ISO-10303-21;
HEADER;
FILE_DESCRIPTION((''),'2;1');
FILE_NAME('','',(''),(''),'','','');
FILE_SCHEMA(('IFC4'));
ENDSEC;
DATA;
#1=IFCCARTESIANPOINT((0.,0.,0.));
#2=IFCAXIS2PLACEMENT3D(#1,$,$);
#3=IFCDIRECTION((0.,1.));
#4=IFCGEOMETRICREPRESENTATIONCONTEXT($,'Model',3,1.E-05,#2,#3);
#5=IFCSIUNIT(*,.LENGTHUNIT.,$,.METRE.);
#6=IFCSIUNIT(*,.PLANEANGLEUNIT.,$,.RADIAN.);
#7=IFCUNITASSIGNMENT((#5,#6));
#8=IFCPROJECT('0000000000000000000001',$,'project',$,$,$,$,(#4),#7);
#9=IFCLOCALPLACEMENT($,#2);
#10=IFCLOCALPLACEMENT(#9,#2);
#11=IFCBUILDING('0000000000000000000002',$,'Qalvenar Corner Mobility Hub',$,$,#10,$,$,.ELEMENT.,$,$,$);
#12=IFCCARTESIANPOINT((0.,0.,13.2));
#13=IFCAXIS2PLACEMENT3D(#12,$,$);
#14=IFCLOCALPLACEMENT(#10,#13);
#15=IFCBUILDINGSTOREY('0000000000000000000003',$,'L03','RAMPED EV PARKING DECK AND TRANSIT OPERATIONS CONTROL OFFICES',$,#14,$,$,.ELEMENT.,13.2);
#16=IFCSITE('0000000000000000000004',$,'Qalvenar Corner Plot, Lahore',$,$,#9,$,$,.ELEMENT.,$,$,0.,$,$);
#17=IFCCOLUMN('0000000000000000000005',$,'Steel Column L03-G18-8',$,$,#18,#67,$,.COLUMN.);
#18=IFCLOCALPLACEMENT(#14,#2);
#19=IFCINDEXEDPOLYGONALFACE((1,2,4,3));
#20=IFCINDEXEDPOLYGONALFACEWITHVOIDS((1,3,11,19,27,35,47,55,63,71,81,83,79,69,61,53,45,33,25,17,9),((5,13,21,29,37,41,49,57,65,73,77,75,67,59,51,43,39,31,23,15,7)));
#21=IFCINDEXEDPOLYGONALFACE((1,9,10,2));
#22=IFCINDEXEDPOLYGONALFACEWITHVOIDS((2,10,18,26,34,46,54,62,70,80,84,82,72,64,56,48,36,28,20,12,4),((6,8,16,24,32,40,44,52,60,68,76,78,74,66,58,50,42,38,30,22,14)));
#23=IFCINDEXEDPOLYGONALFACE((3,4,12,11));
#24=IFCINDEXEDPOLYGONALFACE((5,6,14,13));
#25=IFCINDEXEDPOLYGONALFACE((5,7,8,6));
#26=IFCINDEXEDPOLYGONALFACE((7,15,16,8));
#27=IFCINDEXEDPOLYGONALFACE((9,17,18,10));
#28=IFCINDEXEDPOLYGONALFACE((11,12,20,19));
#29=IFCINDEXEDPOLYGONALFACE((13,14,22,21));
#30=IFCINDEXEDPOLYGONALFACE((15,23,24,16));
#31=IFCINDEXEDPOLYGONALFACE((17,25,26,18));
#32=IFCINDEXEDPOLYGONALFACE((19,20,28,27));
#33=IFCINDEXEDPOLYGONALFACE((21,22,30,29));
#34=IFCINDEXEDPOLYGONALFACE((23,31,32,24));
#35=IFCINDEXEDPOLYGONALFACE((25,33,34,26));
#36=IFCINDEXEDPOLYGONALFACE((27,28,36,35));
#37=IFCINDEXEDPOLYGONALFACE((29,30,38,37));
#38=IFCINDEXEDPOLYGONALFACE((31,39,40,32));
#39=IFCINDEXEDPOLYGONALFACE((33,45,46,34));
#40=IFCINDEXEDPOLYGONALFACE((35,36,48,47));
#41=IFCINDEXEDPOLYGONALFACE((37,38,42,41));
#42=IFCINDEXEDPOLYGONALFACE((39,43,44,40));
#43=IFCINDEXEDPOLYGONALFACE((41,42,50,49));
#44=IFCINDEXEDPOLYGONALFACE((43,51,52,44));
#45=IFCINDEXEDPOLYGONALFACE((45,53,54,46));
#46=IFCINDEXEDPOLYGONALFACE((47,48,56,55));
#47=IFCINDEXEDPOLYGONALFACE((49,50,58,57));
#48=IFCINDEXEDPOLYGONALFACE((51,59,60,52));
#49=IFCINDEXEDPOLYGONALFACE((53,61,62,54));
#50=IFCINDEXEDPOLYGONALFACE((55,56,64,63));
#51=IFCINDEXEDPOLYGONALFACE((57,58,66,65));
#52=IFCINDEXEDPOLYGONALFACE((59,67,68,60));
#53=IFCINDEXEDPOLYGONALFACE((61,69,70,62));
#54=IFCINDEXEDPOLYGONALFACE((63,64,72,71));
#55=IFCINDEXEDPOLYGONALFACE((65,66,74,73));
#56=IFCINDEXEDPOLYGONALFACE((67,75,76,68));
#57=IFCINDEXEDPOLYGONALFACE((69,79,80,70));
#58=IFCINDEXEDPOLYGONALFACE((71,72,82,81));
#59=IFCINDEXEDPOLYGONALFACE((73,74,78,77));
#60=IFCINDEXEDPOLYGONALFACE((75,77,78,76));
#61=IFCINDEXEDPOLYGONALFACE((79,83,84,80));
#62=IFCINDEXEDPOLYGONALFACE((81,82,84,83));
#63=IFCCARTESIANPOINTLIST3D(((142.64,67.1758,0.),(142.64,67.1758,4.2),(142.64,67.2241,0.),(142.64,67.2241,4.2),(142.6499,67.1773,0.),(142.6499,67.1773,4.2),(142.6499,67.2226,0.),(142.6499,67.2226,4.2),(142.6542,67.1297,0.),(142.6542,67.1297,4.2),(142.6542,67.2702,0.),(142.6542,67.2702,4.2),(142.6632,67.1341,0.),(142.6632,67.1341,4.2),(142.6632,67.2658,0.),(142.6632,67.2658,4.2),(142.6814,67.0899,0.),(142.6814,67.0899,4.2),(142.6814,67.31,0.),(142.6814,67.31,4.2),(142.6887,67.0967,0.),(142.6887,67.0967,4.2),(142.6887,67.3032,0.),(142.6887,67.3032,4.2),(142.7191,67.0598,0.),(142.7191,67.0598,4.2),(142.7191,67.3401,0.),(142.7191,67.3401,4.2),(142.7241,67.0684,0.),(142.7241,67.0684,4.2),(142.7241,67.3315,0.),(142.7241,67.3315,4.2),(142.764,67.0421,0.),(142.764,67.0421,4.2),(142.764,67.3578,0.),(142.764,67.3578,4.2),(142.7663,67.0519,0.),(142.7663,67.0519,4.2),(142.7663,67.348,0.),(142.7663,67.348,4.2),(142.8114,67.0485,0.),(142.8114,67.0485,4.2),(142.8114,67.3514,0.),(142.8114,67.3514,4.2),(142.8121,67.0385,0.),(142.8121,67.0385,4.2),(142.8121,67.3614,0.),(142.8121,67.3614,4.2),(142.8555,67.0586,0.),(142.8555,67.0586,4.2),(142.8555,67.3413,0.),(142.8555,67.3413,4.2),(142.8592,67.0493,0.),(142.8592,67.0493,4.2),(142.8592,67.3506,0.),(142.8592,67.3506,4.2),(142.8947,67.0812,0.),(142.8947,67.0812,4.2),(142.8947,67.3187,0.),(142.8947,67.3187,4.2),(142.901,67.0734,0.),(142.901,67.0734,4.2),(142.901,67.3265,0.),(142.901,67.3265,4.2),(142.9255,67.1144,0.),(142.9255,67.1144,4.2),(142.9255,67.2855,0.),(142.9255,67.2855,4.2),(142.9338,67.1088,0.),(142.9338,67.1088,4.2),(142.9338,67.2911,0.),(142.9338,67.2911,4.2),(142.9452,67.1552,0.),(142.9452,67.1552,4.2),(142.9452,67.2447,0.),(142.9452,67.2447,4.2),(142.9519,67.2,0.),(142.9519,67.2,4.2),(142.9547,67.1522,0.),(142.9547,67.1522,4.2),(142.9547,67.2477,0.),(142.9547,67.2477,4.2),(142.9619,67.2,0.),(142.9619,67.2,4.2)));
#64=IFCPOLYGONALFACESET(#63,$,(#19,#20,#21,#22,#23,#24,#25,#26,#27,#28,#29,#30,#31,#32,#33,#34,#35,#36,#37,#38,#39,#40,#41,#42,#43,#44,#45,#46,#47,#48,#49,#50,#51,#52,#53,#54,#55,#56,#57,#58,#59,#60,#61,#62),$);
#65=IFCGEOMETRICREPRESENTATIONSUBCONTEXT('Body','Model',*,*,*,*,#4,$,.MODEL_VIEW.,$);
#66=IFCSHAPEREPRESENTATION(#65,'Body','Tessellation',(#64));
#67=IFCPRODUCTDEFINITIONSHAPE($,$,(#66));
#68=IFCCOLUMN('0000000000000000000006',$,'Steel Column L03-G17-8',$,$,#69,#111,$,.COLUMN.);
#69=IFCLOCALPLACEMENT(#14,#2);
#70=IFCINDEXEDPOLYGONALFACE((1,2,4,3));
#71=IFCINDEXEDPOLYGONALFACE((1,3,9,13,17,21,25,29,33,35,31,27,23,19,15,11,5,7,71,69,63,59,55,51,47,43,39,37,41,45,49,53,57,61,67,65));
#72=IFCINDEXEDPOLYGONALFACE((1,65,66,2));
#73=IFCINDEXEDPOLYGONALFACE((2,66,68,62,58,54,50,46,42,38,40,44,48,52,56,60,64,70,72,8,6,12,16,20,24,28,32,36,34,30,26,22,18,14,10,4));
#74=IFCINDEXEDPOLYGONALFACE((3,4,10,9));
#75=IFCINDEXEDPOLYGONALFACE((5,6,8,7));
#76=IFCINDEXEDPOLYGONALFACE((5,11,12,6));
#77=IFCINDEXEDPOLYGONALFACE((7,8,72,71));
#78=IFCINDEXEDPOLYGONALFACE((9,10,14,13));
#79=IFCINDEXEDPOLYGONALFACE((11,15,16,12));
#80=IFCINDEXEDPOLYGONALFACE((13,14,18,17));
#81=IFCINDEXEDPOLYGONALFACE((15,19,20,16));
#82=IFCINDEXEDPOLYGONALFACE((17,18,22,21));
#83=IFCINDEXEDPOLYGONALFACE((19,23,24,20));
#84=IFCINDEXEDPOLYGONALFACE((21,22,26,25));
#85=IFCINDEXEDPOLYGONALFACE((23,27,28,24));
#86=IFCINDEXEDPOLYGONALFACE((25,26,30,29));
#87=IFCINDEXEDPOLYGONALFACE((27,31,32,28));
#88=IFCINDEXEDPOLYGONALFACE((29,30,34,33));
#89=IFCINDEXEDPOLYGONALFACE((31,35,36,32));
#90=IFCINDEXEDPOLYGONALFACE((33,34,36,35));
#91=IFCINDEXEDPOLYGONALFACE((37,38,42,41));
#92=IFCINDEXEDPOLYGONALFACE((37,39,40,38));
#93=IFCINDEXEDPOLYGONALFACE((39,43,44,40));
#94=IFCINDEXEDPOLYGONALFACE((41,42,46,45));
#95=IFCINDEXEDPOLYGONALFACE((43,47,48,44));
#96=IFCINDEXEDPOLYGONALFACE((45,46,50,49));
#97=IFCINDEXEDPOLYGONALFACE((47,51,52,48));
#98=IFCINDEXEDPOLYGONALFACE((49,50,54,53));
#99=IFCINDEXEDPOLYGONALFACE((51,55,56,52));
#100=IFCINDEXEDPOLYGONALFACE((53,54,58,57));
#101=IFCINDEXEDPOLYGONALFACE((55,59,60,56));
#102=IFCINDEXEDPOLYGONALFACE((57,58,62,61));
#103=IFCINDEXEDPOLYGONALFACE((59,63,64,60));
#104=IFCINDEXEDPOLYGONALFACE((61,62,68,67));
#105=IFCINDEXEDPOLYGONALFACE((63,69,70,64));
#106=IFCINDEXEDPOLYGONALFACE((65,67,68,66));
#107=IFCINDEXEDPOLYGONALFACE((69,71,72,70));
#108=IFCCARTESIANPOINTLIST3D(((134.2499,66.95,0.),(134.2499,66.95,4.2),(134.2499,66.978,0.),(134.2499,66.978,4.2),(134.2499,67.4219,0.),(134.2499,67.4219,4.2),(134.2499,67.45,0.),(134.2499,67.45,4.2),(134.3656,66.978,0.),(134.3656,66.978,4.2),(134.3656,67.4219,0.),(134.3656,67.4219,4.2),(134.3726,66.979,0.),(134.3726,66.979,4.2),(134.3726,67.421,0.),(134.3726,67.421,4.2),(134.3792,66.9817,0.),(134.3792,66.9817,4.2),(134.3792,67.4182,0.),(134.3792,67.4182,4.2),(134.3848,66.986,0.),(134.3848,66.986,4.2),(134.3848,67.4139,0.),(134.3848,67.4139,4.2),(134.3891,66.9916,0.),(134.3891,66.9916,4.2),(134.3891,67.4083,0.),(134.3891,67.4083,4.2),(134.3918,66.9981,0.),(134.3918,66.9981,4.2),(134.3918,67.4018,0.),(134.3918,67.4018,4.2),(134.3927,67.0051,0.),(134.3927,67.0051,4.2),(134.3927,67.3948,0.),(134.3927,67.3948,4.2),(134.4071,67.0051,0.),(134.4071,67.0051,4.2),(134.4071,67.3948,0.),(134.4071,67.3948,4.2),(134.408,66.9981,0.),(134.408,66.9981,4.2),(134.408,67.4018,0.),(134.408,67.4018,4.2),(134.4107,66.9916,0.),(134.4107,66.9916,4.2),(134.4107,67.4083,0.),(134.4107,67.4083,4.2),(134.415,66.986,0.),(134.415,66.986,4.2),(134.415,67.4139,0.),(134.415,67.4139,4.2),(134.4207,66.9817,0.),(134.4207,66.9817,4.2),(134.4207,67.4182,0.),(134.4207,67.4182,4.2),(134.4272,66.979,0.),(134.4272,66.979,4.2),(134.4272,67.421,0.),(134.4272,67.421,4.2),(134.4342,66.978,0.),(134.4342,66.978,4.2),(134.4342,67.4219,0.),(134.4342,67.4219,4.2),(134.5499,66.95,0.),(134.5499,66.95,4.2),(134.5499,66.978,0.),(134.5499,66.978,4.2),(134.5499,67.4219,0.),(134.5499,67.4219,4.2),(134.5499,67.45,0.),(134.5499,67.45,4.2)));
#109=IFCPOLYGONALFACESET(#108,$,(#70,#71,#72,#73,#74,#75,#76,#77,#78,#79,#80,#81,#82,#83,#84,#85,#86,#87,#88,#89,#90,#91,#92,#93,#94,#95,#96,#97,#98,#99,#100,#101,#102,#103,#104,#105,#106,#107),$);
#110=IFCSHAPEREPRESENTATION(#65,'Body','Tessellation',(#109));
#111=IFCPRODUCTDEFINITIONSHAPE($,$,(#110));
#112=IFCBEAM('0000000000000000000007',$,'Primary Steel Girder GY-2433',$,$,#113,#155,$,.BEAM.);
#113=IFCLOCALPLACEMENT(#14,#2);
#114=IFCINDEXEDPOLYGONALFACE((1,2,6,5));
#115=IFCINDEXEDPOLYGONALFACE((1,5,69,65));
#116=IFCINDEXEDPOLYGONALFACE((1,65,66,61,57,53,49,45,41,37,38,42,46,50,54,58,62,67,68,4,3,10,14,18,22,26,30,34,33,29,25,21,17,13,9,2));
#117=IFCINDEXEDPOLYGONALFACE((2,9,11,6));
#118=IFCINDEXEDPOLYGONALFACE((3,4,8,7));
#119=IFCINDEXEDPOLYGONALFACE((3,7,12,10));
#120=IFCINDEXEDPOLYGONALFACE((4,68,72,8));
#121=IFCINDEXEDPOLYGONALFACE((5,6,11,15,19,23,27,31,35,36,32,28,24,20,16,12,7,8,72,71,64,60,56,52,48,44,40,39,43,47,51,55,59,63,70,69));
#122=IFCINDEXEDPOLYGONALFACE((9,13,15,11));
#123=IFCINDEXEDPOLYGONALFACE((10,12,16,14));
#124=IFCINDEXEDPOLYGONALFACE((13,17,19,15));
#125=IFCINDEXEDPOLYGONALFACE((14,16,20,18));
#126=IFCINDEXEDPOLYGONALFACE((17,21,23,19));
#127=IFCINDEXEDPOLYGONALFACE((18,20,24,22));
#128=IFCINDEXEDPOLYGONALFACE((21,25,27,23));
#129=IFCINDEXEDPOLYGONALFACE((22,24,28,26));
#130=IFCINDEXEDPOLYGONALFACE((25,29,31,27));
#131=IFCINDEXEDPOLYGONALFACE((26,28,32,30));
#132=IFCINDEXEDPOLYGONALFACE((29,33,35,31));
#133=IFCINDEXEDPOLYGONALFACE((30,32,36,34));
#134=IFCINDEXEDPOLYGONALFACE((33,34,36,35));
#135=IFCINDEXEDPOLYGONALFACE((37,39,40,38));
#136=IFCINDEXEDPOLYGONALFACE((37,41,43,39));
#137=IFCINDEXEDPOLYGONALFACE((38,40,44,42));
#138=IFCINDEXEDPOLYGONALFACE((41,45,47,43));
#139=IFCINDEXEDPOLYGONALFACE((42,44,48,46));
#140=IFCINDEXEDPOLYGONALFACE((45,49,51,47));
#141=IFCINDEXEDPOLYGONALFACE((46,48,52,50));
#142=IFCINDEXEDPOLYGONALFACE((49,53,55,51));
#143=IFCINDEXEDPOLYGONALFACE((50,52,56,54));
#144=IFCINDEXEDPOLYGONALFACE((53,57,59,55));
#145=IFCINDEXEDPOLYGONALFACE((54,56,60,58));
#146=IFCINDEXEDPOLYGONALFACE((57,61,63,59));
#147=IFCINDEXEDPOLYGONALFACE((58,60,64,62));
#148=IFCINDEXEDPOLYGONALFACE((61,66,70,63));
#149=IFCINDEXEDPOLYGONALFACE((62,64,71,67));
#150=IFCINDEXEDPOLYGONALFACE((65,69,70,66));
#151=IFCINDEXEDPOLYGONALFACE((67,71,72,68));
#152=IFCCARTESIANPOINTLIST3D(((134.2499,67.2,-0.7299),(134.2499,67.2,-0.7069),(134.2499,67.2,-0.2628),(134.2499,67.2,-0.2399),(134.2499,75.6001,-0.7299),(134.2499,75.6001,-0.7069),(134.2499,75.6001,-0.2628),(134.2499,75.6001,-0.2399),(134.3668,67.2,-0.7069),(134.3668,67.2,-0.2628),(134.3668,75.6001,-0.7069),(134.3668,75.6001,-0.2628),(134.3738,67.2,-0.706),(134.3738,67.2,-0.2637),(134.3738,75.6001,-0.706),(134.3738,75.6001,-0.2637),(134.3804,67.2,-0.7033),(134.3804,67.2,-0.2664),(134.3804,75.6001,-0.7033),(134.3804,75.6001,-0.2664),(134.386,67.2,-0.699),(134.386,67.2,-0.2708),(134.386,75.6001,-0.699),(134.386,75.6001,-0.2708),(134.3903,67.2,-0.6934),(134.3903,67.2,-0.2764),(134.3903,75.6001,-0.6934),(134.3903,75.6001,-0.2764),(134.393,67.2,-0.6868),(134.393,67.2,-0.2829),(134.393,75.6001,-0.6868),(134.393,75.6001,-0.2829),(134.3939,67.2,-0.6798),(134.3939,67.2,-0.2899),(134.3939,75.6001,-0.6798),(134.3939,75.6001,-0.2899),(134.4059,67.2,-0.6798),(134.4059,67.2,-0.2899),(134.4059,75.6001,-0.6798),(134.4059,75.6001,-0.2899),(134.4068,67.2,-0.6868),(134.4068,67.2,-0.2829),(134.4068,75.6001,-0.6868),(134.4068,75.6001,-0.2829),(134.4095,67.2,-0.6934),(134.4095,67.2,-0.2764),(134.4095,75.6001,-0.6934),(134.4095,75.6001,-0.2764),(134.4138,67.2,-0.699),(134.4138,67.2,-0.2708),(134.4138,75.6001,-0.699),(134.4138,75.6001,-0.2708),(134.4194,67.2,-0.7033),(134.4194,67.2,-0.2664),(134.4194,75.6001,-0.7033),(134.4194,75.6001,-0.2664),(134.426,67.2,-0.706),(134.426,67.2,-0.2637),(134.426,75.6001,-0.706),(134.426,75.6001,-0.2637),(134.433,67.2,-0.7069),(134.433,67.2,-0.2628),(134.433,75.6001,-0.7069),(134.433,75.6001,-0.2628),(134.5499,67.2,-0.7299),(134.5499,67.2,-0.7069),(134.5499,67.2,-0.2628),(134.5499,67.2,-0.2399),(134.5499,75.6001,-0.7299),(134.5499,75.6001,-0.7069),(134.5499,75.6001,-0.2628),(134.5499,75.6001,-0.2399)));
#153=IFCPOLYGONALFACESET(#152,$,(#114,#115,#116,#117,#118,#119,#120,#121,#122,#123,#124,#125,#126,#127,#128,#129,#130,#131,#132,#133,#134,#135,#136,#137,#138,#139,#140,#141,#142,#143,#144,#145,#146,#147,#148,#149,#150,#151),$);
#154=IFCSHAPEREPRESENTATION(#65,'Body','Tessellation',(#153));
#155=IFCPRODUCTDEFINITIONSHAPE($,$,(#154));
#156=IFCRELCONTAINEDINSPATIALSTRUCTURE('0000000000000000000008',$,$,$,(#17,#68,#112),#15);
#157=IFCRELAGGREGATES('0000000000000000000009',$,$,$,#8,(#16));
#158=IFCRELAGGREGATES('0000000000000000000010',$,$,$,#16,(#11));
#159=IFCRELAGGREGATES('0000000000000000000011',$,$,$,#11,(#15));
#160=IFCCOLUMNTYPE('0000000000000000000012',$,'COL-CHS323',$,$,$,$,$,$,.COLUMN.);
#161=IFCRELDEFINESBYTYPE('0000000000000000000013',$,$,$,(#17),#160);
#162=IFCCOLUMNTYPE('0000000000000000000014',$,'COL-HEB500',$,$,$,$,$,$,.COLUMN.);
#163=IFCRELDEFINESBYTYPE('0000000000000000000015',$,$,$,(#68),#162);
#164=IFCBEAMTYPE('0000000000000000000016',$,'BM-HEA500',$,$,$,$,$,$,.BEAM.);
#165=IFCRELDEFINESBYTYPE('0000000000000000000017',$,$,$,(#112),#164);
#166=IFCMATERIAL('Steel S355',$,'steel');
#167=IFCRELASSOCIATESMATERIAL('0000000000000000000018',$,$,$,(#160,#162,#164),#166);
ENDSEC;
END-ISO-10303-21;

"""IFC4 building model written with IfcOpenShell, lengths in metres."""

from ifc_helpers import new_model, si_unit, direction, frame, origin, origin_2d, place, context, subcontext, project, spatial, hollow_circle, i_section, extrude, material, material_profile, profile_set, type_object, element, save


model = new_model("IFC4")

# Units and contexts
model_context = context("Model", 3, precision=1e-05, world=origin(), true_north=direction((0.0, 1.0)))
body_context = subcontext(model_context, "Body", "Model", "MODEL_VIEW")
ifc_project = project(units=[si_unit("LENGTHUNIT", "METRE"), si_unit("PLANEANGLEUNIT", "RADIAN")], contexts=[model_context])

# Site, building, storey
site_placement = place(None, origin())
site = spatial("IfcSite", under=ifc_project, at=site_placement, Name="Qalvenar Corner Plot, Lahore", CompositionType="ELEMENT", RefElevation=0.0)
building_placement = place(site_placement, origin())
building = spatial("IfcBuilding", under=site, at=building_placement, Name="Qalvenar Corner Mobility Hub", CompositionType="ELEMENT")
storey_placement = place(building_placement, frame((0.0, 0.0, 13.2)))
storey = spatial("IfcBuildingStorey", under=building, at=storey_placement, Name="L03", Description="RAMPED EV PARKING DECK AND TRANSIT OPERATIONS CONTROL OFFICES", CompositionType="ELEMENT", Elevation=13.2)

# Columns
ifc_material_1 = material(Name="Steel S355", Category="steel")
ifc_material_profile_1 = material_profile(ifc_material_1, hollow_circle(Radius=0.1619, WallThickness=0.01, at=origin_2d()), Name="CHS323.9x10")
ifc_profile_set_1 = profile_set([ifc_material_profile_1], Name="Steel S355")
column_type_1 = type_object("IfcColumnType", Name="COL-CHS323", PredefinedType="COLUMN", material=ifc_profile_set_1)
column_1_placement = place(storey_placement, frame((142.8, 67.2, 0.0), z_axis=(0.0, 0.0, 1.0), x_axis=(1.0, 0.0, 0.0)))
element("IfcColumn", 1, at=column_1_placement, inside=storey, type_object=column_type_1, Name="Steel Column L03-G18-8", PredefinedType="COLUMN", context=body_context, shape_type="SweptSolid", body=[
    extrude(hollow_circle(Radius=0.1619, WallThickness=0.01, at=origin_2d()), origin(), (0.0, 0.0, 1.0), 4.2),
])
ifc_material_profile_2 = material_profile(ifc_material_1, i_section(OverallWidth=0.3, OverallDepth=0.5, WebThickness=0.0144, FlangeThickness=0.0281, FilletRadius=0.0271, at=origin_2d()), Name="HEB500")
ifc_profile_set_2 = profile_set([ifc_material_profile_2], Name="Steel S355")
column_type_2 = type_object("IfcColumnType", Name="COL-HEB500", PredefinedType="COLUMN", material=ifc_profile_set_2)
column_2_placement = place(storey_placement, frame((134.3999, 67.2, 0.0), z_axis=(0.0, 0.0, 1.0), x_axis=(1.0, 0.0, 0.0)))
element("IfcColumn", 2, at=column_2_placement, inside=storey, type_object=column_type_2, Name="Steel Column L03-G17-8", PredefinedType="COLUMN", context=body_context, shape_type="SweptSolid", body=[
    extrude(i_section(OverallWidth=0.3, OverallDepth=0.5, WebThickness=0.0144, FlangeThickness=0.0281, FilletRadius=0.0271, at=origin_2d()), origin(), (0.0, 0.0, 1.0), 4.2),
])

# Beam
ifc_material_profile_3 = material_profile(ifc_material_1, i_section(OverallWidth=0.3, OverallDepth=0.49, WebThickness=0.012, FlangeThickness=0.0229, FilletRadius=0.0271, at=origin_2d()), Name="HEA500")
ifc_profile_set_3 = profile_set([ifc_material_profile_3], Name="Steel S355")
beam_type_1 = type_object("IfcBeamType", Name="BM-HEA500", PredefinedType="BEAM", material=ifc_profile_set_3)
beam_1_placement = place(storey_placement, frame((134.3999, 67.2, -0.4849), z_axis=(0.0, 1.0, 0.0), x_axis=(-1.0, 0.0, 0.0)))
element("IfcBeam", 3, at=beam_1_placement, inside=storey, type_object=beam_type_1, Name="Primary Steel Girder GY-2433", PredefinedType="BEAM", context=body_context, shape_type="SweptSolid", body=[
    extrude(i_section(OverallWidth=0.3, OverallDepth=0.49, WebThickness=0.012, FlangeThickness=0.0229, FilletRadius=0.0271, at=origin_2d()), origin(), (0.0, 0.0, 1.0), 8.4001),
])

save(model, "model.ifc")
